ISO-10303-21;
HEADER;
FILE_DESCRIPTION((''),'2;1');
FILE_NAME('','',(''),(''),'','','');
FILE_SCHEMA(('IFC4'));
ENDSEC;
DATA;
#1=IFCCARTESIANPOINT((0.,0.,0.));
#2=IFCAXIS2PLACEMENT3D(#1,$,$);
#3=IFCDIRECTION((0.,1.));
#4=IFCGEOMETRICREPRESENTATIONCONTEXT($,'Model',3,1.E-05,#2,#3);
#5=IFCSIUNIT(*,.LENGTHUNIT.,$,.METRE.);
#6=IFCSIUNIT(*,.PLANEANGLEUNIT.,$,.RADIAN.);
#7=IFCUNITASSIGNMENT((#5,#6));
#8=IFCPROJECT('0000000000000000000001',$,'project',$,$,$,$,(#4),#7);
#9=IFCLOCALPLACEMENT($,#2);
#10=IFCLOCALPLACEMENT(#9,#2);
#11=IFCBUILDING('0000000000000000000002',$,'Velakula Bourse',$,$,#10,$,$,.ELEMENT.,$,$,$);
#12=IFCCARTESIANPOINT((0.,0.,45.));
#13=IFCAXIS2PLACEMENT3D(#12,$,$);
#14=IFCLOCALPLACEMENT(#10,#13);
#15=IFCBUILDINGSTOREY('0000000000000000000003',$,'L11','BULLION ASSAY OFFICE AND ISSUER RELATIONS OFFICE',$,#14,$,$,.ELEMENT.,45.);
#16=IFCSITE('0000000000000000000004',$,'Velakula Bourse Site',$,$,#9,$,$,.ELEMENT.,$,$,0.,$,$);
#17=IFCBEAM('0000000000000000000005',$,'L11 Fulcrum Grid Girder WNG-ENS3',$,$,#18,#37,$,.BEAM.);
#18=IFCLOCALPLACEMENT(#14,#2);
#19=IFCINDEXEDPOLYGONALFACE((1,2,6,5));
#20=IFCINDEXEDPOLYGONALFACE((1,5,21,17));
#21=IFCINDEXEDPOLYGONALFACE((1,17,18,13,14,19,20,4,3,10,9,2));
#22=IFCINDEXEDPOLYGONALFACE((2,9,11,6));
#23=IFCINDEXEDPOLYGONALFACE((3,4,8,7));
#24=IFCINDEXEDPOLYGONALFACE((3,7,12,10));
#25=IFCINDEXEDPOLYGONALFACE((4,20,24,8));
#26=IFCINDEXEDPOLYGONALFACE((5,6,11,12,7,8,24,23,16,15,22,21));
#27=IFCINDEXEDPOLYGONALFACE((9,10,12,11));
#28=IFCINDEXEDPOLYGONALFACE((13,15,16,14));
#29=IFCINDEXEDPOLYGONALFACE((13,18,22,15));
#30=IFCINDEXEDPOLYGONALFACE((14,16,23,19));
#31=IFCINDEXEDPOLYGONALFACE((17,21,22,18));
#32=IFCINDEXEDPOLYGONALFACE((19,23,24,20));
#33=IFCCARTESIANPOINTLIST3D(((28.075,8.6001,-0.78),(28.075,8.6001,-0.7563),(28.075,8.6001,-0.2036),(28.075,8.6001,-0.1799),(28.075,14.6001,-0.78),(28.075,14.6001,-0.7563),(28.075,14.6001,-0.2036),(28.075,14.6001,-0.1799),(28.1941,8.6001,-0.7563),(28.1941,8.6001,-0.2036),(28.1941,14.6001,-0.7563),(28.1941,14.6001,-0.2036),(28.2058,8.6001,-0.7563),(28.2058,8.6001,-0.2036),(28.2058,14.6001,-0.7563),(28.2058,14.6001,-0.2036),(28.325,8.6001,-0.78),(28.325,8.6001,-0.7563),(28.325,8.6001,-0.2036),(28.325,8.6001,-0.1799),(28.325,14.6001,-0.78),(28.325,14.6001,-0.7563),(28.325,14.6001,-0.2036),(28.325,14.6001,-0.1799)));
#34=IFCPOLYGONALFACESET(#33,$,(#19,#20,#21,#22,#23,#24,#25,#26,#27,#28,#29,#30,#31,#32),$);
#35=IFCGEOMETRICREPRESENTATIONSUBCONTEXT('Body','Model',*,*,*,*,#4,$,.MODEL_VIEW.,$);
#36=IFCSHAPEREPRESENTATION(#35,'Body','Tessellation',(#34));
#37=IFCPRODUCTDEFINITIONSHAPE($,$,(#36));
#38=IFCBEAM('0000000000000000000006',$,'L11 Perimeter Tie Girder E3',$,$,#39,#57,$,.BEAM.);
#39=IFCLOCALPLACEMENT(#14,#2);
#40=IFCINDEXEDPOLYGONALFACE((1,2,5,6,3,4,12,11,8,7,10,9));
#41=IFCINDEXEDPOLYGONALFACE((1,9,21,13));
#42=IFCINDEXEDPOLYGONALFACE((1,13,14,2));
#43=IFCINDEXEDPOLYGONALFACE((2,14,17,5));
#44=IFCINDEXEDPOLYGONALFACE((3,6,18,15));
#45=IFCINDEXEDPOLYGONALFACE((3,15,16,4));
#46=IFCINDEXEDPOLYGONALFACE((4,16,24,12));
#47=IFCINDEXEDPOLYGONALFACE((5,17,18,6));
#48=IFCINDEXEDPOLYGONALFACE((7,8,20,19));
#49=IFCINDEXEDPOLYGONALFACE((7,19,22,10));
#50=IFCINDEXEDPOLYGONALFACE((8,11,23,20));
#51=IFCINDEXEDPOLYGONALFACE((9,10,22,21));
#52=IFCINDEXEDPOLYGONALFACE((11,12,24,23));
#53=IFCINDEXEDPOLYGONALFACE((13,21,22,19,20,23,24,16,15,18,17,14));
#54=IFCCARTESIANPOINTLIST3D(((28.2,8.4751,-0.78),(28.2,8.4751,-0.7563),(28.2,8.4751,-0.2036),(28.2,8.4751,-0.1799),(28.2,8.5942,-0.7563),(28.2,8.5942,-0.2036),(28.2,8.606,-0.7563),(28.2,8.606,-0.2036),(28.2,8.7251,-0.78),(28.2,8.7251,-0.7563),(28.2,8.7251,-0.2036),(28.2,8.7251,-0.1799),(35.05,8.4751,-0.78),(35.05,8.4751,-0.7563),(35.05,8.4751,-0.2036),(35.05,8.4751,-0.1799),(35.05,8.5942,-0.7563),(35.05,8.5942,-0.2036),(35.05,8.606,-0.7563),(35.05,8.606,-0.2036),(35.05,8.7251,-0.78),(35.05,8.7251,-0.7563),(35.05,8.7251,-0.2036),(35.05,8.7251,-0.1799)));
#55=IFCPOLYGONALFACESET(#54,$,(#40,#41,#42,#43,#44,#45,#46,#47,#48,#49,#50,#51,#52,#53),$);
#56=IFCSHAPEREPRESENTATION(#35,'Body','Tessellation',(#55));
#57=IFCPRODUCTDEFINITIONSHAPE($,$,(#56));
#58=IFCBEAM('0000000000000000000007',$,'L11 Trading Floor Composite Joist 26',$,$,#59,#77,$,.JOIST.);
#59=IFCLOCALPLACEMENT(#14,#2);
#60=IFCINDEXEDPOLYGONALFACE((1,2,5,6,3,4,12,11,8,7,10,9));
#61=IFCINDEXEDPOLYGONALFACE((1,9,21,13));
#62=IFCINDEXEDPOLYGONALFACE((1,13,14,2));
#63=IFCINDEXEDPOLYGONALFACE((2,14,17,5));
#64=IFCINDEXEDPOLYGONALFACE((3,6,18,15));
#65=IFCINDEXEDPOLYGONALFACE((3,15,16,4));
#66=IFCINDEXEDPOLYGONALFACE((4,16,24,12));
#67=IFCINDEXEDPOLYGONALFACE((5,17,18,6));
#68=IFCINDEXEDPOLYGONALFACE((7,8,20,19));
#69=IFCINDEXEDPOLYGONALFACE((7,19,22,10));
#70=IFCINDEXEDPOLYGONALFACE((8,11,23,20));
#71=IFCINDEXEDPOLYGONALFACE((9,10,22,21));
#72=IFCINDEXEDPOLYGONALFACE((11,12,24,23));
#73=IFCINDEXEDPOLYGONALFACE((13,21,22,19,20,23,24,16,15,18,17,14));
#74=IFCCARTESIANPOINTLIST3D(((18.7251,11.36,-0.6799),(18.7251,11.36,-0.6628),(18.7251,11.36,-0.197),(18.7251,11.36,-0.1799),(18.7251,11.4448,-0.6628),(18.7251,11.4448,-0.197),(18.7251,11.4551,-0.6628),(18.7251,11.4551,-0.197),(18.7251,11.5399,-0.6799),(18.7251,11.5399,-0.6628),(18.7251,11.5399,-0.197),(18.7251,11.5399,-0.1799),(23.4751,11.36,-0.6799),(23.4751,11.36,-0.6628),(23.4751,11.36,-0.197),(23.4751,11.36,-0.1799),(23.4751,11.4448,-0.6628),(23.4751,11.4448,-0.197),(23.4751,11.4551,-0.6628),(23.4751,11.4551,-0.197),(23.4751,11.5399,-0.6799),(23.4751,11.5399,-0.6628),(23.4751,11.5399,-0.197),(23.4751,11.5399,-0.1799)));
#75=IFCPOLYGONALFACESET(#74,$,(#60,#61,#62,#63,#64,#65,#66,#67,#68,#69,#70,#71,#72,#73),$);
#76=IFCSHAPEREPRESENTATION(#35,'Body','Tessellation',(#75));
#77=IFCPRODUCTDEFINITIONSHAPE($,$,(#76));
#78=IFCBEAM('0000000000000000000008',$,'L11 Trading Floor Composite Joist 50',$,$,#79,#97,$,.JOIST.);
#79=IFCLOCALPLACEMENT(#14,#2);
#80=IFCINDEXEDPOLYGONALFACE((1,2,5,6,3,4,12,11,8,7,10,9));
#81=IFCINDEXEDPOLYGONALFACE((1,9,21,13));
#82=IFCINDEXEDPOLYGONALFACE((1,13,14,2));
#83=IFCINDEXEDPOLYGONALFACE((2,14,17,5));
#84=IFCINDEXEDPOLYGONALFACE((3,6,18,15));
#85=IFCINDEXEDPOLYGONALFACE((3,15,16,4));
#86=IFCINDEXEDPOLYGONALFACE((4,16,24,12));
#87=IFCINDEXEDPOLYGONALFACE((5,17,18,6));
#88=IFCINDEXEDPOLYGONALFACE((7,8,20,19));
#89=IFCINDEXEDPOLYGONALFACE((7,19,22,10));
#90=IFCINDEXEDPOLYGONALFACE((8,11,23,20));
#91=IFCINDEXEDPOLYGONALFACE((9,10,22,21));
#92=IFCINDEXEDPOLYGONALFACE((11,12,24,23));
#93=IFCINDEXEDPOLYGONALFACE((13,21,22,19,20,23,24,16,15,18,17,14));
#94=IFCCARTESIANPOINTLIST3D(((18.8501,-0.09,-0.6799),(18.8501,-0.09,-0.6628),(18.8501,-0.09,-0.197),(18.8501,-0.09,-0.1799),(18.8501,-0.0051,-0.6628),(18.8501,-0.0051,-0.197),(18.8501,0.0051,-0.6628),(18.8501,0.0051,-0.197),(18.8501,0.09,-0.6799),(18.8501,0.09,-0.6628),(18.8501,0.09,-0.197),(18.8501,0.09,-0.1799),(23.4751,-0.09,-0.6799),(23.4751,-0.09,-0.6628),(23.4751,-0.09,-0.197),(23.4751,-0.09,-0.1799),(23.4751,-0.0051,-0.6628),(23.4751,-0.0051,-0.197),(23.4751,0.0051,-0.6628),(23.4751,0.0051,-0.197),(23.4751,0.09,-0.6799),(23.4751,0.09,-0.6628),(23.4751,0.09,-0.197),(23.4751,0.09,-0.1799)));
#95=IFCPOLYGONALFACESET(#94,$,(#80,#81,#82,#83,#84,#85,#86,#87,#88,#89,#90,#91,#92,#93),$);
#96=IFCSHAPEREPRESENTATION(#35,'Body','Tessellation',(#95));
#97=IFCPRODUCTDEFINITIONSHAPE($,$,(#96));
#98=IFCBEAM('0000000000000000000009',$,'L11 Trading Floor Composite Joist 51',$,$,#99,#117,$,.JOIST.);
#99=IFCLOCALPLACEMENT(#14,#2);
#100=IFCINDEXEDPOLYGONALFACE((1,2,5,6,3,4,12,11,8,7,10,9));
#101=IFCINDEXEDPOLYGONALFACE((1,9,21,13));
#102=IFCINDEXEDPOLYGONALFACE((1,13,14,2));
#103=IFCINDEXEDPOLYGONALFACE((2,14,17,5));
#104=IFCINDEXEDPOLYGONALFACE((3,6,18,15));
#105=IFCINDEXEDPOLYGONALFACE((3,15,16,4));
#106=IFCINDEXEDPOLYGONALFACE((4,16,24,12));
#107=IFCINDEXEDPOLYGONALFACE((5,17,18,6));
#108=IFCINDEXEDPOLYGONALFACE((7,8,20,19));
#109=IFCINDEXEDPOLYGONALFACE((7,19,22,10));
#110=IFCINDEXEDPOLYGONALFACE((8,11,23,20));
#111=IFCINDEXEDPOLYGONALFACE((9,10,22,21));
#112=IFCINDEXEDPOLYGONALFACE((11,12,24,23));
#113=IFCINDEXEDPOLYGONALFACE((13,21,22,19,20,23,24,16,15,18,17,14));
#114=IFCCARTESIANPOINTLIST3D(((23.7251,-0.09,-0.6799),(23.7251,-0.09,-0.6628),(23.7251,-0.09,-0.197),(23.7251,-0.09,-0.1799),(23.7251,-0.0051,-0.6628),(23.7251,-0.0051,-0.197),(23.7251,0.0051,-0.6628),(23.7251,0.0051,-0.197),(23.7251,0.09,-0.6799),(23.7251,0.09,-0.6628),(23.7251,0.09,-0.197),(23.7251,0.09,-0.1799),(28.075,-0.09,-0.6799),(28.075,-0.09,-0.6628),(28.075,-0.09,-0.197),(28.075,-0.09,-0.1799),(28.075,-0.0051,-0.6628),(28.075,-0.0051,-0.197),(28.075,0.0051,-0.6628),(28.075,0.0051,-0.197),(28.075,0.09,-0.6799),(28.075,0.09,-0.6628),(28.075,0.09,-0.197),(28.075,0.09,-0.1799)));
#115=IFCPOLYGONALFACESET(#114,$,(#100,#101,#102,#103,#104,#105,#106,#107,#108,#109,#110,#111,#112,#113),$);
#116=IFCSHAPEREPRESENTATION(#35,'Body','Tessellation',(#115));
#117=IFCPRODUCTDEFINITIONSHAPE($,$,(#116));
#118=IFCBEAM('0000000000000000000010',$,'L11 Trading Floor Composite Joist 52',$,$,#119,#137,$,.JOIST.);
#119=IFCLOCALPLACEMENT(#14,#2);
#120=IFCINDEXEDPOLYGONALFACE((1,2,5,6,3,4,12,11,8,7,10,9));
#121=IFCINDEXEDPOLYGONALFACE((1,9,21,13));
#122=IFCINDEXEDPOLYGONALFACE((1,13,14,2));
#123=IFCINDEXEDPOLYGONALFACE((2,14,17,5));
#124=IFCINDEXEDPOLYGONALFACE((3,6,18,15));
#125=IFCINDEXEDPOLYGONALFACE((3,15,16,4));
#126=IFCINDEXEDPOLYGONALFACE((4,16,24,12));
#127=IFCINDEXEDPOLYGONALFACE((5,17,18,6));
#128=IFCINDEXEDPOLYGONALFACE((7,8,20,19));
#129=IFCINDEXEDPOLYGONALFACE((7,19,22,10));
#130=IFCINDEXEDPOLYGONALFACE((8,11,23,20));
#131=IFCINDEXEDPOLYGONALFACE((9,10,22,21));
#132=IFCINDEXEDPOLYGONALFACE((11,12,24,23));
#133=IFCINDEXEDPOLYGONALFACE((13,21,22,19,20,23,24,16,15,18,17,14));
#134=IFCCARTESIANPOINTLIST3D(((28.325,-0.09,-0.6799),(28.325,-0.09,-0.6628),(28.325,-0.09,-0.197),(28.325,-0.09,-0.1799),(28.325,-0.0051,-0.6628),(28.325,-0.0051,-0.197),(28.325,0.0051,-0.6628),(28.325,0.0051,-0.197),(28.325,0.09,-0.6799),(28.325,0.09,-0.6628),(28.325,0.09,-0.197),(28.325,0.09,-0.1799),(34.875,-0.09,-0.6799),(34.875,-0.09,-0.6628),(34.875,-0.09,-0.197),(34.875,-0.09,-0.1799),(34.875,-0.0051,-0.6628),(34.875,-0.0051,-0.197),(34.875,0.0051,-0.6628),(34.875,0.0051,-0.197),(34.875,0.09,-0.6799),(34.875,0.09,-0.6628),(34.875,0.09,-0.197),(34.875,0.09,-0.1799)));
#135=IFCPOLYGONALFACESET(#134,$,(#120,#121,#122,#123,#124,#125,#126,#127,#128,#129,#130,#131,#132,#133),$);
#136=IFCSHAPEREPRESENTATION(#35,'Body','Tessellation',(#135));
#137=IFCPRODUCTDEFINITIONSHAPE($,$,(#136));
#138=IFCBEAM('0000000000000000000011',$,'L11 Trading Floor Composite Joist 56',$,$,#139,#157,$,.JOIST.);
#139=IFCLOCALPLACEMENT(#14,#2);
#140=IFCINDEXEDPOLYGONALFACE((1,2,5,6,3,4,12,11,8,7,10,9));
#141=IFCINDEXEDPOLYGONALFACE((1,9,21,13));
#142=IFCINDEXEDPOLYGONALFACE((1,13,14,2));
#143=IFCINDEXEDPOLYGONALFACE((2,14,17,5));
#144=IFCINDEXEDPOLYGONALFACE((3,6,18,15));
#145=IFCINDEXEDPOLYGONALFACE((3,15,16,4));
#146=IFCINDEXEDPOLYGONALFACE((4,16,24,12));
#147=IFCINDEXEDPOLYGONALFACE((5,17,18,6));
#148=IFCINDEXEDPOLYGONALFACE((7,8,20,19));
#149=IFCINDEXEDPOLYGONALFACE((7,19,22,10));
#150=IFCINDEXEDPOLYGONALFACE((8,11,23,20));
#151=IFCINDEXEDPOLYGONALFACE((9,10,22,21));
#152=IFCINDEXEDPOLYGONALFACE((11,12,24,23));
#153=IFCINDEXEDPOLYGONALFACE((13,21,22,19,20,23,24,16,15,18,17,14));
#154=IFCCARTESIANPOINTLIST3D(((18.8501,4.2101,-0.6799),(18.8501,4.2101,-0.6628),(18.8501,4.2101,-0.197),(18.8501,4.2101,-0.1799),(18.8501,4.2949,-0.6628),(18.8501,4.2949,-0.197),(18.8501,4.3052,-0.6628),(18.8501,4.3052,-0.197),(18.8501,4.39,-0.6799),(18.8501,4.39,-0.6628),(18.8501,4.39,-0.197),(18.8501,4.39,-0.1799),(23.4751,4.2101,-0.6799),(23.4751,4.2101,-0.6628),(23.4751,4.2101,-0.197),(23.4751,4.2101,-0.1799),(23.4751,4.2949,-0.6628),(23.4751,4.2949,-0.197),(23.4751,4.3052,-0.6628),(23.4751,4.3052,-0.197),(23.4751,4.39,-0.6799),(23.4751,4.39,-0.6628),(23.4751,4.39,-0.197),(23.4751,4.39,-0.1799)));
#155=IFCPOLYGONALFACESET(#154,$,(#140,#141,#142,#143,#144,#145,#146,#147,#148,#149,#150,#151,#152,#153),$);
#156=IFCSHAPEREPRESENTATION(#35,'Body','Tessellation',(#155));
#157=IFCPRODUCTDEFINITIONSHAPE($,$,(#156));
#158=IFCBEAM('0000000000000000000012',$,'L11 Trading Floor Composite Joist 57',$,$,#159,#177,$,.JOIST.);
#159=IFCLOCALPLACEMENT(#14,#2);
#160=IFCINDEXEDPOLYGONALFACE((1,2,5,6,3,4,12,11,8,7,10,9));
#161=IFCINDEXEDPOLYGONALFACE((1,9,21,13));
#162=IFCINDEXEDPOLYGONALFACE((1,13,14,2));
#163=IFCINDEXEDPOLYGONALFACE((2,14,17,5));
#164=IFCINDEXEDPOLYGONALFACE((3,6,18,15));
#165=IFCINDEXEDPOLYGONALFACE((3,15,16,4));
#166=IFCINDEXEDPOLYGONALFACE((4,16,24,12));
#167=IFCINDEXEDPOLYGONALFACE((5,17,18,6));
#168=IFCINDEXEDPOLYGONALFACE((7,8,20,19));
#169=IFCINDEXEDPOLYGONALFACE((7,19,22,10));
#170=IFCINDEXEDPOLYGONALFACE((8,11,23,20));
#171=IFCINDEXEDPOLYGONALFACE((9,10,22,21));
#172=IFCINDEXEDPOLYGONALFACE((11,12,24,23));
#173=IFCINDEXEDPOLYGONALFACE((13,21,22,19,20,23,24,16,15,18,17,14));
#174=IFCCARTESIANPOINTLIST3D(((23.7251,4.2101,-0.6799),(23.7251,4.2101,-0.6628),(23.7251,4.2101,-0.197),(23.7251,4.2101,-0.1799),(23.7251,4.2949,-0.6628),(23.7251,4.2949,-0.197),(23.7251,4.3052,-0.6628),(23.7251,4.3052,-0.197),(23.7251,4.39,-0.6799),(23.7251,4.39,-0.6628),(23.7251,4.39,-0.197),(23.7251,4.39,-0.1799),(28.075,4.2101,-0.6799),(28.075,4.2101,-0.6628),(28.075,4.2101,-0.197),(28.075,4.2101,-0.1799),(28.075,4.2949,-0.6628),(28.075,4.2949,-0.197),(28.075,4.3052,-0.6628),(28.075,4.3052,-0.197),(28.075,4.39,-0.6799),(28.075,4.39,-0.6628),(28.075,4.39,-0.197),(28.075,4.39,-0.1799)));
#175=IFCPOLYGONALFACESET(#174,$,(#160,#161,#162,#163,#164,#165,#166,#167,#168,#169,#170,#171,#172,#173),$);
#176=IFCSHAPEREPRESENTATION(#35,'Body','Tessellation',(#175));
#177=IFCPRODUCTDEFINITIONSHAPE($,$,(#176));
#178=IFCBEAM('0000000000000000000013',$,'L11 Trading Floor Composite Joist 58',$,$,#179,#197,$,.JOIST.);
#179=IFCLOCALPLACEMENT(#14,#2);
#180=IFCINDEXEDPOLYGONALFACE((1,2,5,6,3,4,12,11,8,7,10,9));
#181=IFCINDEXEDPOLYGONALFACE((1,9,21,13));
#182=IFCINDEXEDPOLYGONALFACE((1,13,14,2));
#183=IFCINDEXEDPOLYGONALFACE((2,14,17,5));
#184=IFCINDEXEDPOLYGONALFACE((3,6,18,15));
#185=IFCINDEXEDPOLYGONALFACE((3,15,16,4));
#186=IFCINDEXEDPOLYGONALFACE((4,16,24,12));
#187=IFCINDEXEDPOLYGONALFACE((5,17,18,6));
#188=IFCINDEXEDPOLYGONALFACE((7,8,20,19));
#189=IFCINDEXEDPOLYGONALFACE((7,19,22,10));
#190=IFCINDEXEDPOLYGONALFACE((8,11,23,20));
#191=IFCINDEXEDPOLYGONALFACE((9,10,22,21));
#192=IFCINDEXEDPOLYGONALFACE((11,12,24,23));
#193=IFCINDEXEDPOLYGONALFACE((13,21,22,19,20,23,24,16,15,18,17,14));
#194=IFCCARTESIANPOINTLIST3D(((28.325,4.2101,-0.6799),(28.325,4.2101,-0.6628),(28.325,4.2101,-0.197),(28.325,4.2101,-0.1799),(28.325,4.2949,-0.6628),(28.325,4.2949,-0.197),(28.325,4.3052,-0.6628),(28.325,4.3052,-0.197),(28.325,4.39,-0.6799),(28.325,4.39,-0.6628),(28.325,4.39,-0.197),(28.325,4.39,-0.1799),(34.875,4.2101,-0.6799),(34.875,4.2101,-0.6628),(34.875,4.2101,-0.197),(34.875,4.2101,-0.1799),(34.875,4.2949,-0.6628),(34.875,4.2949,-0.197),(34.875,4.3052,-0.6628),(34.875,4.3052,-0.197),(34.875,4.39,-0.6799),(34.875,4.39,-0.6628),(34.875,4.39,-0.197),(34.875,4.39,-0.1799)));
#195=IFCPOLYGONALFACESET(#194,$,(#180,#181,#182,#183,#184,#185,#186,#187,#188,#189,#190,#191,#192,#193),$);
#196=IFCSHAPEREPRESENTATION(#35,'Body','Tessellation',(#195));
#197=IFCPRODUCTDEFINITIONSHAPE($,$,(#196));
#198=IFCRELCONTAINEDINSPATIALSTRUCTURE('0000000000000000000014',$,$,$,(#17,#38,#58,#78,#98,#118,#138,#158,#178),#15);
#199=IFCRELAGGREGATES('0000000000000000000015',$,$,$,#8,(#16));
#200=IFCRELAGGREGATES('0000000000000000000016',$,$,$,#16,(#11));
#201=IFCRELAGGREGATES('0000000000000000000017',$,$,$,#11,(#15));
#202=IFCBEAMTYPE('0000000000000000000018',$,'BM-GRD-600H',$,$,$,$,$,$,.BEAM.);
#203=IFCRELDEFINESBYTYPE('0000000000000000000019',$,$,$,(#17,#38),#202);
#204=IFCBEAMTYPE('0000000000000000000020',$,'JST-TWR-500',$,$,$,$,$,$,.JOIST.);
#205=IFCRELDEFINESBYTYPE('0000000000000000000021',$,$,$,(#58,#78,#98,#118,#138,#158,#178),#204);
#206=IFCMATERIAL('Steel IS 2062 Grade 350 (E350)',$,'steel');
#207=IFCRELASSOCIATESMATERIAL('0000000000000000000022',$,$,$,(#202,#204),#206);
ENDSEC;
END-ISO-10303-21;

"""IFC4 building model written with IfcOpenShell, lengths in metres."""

from ifc_helpers import new_model, si_unit, direction, frame, origin, origin_2d, place, context, subcontext, project, spatial, i_section, extrude, material, material_profile, profile_set, type_object, element, save


model = new_model("IFC4")

# Units and contexts
model_context = context("Model", 3, precision=1e-05, world=origin(), true_north=direction((0.0, 1.0)))
body_context = subcontext(model_context, "Body", "Model", "MODEL_VIEW")
ifc_project = project(units=[si_unit("LENGTHUNIT", "METRE"), si_unit("PLANEANGLEUNIT", "RADIAN")], contexts=[model_context])

# Site, building, storey
site_placement = place(None, origin())
site = spatial("IfcSite", under=ifc_project, at=site_placement, Name="Velakula Bourse Site", CompositionType="ELEMENT", RefElevation=0.0)
building_placement = place(site_placement, origin())
building = spatial("IfcBuilding", under=site, at=building_placement, Name="Velakula Bourse", CompositionType="ELEMENT")
storey_placement = place(building_placement, frame((0.0, 0.0, 45.0)))
storey = spatial("IfcBuildingStorey", under=building, at=storey_placement, Name="L11", Description="BULLION ASSAY OFFICE AND ISSUER RELATIONS OFFICE", CompositionType="ELEMENT", Elevation=45.0)

# Beams
ifc_material_1 = material(Name="Steel IS 2062 Grade 350 (E350)", Category="steel")
ifc_material_profile_1 = material_profile(ifc_material_1, i_section(OverallWidth=0.25, OverallDepth=0.6001, WebThickness=0.0117, FlangeThickness=0.0237, at=origin_2d()), Name="Steel IS 2062 Grade 350 (E350)")
ifc_profile_set_1 = profile_set([ifc_material_profile_1], Name="Steel IS 2062 Grade 350 (E350)")
beam_type_1 = type_object("IfcBeamType", Name="BM-GRD-600H", PredefinedType="BEAM", material=ifc_profile_set_1)
beam_1_placement = place(storey_placement, frame((28.2, 8.6001, -0.48), z_axis=(0.0, 1.0, 0.0), x_axis=(-1.0, 0.0, 0.0)))
element("IfcBeam", 1, at=beam_1_placement, inside=storey, type_object=beam_type_1, Name="L11 Fulcrum Grid Girder WNG-ENS3", PredefinedType="BEAM", context=body_context, shape_type="SweptSolid", body=[
    extrude(i_section(OverallWidth=0.25, OverallDepth=0.6001, WebThickness=0.0117, FlangeThickness=0.0237, at=origin_2d()), origin(), (0.0, 0.0, 1.0), 6.0),
])
beam_2_placement = place(storey_placement, frame((28.2, 8.6001, -0.48), z_axis=(1.0, 0.0, 0.0), x_axis=(0.0, 1.0, 0.0)))
element("IfcBeam", 2, at=beam_2_placement, inside=storey, type_object=beam_type_1, Name="L11 Perimeter Tie Girder E3", PredefinedType="BEAM", context=body_context, shape_type="SweptSolid", body=[
    extrude(i_section(OverallWidth=0.25, OverallDepth=0.6001, WebThickness=0.0117, FlangeThickness=0.0237, at=origin_2d()), origin(), (0.0, 0.0, 1.0), 6.8501),
])
ifc_material_profile_2 = material_profile(ifc_material_1, i_section(OverallWidth=0.1799, OverallDepth=0.5, WebThickness=0.0103, FlangeThickness=0.0171, at=origin_2d()), Name="Steel IS 2062 Grade 350 (E350)")
ifc_profile_set_2 = profile_set([ifc_material_profile_2], Name="Steel IS 2062 Grade 350 (E350)")
beam_type_2 = type_object("IfcBeamType", Name="JST-TWR-500", PredefinedType="JOIST", material=ifc_profile_set_2)
beam_3_placement = place(storey_placement, frame((18.7251, 11.45, -0.4299), z_axis=(1.0, 0.0, 0.0), x_axis=(0.0, 1.0, 0.0)))
element("IfcBeam", 3, at=beam_3_placement, inside=storey, type_object=beam_type_2, Name="L11 Trading Floor Composite Joist 26", PredefinedType="JOIST", context=body_context, shape_type="SweptSolid", body=[
    extrude(i_section(OverallWidth=0.1799, OverallDepth=0.5, WebThickness=0.0103, FlangeThickness=0.0171, at=origin_2d()), origin(), (0.0, 0.0, 1.0), 4.75),
])
beam_4_placement = place(storey_placement, frame((18.8501, 0.0, -0.4299), z_axis=(1.0, 0.0, 0.0), x_axis=(0.0, 1.0, 0.0)))
element("IfcBeam", 4, at=beam_4_placement, inside=storey, type_object=beam_type_2, Name="L11 Trading Floor Composite Joist 50", PredefinedType="JOIST", context=body_context, shape_type="SweptSolid", body=[
    extrude(i_section(OverallWidth=0.1799, OverallDepth=0.5, WebThickness=0.0103, FlangeThickness=0.0171, at=origin_2d()), origin(), (0.0, 0.0, 1.0), 4.625),
])
beam_5_placement = place(storey_placement, frame((23.7251, 0.0, -0.4299), z_axis=(1.0, 0.0, 0.0), x_axis=(0.0, 1.0, 0.0)))
element("IfcBeam", 5, at=beam_5_placement, inside=storey, type_object=beam_type_2, Name="L11 Trading Floor Composite Joist 51", PredefinedType="JOIST", context=body_context, shape_type="SweptSolid", body=[
    extrude(i_section(OverallWidth=0.1799, OverallDepth=0.5, WebThickness=0.0103, FlangeThickness=0.0171, at=origin_2d()), origin(), (0.0, 0.0, 1.0), 4.3499),
])
beam_6_placement = place(storey_placement, frame((28.325, 0.0, -0.4299), z_axis=(1.0, 0.0, 0.0), x_axis=(0.0, 1.0, 0.0)))
element("IfcBeam", 6, at=beam_6_placement, inside=storey, type_object=beam_type_2, Name="L11 Trading Floor Composite Joist 52", PredefinedType="JOIST", context=body_context, shape_type="SweptSolid", body=[
    extrude(i_section(OverallWidth=0.1799, OverallDepth=0.5, WebThickness=0.0103, FlangeThickness=0.0171, at=origin_2d()), origin(), (0.0, 0.0, 1.0), 6.55),
])
beam_7_placement = place(storey_placement, frame((18.8501, 4.3, -0.4299), z_axis=(1.0, 0.0, 0.0), x_axis=(0.0, 1.0, 0.0)))
element("IfcBeam", 7, at=beam_7_placement, inside=storey, type_object=beam_type_2, Name="L11 Trading Floor Composite Joist 56", PredefinedType="JOIST", context=body_context, shape_type="SweptSolid", body=[
    extrude(i_section(OverallWidth=0.1799, OverallDepth=0.5, WebThickness=0.0103, FlangeThickness=0.0171, at=origin_2d()), origin(), (0.0, 0.0, 1.0), 4.625),
])
beam_8_placement = place(storey_placement, frame((23.7251, 4.3, -0.4299), z_axis=(1.0, 0.0, 0.0), x_axis=(0.0, 1.0, 0.0)))
element("IfcBeam", 8, at=beam_8_placement, inside=storey, type_object=beam_type_2, Name="L11 Trading Floor Composite Joist 57", PredefinedType="JOIST", context=body_context, shape_type="SweptSolid", body=[
    extrude(i_section(OverallWidth=0.1799, OverallDepth=0.5, WebThickness=0.0103, FlangeThickness=0.0171, at=origin_2d()), origin(), (0.0, 0.0, 1.0), 4.3499),
])
beam_9_placement = place(storey_placement, frame((28.325, 4.3, -0.4299), z_axis=(1.0, 0.0, 0.0), x_axis=(0.0, 1.0, 0.0)))
element("IfcBeam", 9, at=beam_9_placement, inside=storey, type_object=beam_type_2, Name="L11 Trading Floor Composite Joist 58", PredefinedType="JOIST", context=body_context, shape_type="SweptSolid", body=[
    extrude(i_section(OverallWidth=0.1799, OverallDepth=0.5, WebThickness=0.0103, FlangeThickness=0.0171, at=origin_2d()), origin(), (0.0, 0.0, 1.0), 6.55),
])

save(model, "model.ifc")
